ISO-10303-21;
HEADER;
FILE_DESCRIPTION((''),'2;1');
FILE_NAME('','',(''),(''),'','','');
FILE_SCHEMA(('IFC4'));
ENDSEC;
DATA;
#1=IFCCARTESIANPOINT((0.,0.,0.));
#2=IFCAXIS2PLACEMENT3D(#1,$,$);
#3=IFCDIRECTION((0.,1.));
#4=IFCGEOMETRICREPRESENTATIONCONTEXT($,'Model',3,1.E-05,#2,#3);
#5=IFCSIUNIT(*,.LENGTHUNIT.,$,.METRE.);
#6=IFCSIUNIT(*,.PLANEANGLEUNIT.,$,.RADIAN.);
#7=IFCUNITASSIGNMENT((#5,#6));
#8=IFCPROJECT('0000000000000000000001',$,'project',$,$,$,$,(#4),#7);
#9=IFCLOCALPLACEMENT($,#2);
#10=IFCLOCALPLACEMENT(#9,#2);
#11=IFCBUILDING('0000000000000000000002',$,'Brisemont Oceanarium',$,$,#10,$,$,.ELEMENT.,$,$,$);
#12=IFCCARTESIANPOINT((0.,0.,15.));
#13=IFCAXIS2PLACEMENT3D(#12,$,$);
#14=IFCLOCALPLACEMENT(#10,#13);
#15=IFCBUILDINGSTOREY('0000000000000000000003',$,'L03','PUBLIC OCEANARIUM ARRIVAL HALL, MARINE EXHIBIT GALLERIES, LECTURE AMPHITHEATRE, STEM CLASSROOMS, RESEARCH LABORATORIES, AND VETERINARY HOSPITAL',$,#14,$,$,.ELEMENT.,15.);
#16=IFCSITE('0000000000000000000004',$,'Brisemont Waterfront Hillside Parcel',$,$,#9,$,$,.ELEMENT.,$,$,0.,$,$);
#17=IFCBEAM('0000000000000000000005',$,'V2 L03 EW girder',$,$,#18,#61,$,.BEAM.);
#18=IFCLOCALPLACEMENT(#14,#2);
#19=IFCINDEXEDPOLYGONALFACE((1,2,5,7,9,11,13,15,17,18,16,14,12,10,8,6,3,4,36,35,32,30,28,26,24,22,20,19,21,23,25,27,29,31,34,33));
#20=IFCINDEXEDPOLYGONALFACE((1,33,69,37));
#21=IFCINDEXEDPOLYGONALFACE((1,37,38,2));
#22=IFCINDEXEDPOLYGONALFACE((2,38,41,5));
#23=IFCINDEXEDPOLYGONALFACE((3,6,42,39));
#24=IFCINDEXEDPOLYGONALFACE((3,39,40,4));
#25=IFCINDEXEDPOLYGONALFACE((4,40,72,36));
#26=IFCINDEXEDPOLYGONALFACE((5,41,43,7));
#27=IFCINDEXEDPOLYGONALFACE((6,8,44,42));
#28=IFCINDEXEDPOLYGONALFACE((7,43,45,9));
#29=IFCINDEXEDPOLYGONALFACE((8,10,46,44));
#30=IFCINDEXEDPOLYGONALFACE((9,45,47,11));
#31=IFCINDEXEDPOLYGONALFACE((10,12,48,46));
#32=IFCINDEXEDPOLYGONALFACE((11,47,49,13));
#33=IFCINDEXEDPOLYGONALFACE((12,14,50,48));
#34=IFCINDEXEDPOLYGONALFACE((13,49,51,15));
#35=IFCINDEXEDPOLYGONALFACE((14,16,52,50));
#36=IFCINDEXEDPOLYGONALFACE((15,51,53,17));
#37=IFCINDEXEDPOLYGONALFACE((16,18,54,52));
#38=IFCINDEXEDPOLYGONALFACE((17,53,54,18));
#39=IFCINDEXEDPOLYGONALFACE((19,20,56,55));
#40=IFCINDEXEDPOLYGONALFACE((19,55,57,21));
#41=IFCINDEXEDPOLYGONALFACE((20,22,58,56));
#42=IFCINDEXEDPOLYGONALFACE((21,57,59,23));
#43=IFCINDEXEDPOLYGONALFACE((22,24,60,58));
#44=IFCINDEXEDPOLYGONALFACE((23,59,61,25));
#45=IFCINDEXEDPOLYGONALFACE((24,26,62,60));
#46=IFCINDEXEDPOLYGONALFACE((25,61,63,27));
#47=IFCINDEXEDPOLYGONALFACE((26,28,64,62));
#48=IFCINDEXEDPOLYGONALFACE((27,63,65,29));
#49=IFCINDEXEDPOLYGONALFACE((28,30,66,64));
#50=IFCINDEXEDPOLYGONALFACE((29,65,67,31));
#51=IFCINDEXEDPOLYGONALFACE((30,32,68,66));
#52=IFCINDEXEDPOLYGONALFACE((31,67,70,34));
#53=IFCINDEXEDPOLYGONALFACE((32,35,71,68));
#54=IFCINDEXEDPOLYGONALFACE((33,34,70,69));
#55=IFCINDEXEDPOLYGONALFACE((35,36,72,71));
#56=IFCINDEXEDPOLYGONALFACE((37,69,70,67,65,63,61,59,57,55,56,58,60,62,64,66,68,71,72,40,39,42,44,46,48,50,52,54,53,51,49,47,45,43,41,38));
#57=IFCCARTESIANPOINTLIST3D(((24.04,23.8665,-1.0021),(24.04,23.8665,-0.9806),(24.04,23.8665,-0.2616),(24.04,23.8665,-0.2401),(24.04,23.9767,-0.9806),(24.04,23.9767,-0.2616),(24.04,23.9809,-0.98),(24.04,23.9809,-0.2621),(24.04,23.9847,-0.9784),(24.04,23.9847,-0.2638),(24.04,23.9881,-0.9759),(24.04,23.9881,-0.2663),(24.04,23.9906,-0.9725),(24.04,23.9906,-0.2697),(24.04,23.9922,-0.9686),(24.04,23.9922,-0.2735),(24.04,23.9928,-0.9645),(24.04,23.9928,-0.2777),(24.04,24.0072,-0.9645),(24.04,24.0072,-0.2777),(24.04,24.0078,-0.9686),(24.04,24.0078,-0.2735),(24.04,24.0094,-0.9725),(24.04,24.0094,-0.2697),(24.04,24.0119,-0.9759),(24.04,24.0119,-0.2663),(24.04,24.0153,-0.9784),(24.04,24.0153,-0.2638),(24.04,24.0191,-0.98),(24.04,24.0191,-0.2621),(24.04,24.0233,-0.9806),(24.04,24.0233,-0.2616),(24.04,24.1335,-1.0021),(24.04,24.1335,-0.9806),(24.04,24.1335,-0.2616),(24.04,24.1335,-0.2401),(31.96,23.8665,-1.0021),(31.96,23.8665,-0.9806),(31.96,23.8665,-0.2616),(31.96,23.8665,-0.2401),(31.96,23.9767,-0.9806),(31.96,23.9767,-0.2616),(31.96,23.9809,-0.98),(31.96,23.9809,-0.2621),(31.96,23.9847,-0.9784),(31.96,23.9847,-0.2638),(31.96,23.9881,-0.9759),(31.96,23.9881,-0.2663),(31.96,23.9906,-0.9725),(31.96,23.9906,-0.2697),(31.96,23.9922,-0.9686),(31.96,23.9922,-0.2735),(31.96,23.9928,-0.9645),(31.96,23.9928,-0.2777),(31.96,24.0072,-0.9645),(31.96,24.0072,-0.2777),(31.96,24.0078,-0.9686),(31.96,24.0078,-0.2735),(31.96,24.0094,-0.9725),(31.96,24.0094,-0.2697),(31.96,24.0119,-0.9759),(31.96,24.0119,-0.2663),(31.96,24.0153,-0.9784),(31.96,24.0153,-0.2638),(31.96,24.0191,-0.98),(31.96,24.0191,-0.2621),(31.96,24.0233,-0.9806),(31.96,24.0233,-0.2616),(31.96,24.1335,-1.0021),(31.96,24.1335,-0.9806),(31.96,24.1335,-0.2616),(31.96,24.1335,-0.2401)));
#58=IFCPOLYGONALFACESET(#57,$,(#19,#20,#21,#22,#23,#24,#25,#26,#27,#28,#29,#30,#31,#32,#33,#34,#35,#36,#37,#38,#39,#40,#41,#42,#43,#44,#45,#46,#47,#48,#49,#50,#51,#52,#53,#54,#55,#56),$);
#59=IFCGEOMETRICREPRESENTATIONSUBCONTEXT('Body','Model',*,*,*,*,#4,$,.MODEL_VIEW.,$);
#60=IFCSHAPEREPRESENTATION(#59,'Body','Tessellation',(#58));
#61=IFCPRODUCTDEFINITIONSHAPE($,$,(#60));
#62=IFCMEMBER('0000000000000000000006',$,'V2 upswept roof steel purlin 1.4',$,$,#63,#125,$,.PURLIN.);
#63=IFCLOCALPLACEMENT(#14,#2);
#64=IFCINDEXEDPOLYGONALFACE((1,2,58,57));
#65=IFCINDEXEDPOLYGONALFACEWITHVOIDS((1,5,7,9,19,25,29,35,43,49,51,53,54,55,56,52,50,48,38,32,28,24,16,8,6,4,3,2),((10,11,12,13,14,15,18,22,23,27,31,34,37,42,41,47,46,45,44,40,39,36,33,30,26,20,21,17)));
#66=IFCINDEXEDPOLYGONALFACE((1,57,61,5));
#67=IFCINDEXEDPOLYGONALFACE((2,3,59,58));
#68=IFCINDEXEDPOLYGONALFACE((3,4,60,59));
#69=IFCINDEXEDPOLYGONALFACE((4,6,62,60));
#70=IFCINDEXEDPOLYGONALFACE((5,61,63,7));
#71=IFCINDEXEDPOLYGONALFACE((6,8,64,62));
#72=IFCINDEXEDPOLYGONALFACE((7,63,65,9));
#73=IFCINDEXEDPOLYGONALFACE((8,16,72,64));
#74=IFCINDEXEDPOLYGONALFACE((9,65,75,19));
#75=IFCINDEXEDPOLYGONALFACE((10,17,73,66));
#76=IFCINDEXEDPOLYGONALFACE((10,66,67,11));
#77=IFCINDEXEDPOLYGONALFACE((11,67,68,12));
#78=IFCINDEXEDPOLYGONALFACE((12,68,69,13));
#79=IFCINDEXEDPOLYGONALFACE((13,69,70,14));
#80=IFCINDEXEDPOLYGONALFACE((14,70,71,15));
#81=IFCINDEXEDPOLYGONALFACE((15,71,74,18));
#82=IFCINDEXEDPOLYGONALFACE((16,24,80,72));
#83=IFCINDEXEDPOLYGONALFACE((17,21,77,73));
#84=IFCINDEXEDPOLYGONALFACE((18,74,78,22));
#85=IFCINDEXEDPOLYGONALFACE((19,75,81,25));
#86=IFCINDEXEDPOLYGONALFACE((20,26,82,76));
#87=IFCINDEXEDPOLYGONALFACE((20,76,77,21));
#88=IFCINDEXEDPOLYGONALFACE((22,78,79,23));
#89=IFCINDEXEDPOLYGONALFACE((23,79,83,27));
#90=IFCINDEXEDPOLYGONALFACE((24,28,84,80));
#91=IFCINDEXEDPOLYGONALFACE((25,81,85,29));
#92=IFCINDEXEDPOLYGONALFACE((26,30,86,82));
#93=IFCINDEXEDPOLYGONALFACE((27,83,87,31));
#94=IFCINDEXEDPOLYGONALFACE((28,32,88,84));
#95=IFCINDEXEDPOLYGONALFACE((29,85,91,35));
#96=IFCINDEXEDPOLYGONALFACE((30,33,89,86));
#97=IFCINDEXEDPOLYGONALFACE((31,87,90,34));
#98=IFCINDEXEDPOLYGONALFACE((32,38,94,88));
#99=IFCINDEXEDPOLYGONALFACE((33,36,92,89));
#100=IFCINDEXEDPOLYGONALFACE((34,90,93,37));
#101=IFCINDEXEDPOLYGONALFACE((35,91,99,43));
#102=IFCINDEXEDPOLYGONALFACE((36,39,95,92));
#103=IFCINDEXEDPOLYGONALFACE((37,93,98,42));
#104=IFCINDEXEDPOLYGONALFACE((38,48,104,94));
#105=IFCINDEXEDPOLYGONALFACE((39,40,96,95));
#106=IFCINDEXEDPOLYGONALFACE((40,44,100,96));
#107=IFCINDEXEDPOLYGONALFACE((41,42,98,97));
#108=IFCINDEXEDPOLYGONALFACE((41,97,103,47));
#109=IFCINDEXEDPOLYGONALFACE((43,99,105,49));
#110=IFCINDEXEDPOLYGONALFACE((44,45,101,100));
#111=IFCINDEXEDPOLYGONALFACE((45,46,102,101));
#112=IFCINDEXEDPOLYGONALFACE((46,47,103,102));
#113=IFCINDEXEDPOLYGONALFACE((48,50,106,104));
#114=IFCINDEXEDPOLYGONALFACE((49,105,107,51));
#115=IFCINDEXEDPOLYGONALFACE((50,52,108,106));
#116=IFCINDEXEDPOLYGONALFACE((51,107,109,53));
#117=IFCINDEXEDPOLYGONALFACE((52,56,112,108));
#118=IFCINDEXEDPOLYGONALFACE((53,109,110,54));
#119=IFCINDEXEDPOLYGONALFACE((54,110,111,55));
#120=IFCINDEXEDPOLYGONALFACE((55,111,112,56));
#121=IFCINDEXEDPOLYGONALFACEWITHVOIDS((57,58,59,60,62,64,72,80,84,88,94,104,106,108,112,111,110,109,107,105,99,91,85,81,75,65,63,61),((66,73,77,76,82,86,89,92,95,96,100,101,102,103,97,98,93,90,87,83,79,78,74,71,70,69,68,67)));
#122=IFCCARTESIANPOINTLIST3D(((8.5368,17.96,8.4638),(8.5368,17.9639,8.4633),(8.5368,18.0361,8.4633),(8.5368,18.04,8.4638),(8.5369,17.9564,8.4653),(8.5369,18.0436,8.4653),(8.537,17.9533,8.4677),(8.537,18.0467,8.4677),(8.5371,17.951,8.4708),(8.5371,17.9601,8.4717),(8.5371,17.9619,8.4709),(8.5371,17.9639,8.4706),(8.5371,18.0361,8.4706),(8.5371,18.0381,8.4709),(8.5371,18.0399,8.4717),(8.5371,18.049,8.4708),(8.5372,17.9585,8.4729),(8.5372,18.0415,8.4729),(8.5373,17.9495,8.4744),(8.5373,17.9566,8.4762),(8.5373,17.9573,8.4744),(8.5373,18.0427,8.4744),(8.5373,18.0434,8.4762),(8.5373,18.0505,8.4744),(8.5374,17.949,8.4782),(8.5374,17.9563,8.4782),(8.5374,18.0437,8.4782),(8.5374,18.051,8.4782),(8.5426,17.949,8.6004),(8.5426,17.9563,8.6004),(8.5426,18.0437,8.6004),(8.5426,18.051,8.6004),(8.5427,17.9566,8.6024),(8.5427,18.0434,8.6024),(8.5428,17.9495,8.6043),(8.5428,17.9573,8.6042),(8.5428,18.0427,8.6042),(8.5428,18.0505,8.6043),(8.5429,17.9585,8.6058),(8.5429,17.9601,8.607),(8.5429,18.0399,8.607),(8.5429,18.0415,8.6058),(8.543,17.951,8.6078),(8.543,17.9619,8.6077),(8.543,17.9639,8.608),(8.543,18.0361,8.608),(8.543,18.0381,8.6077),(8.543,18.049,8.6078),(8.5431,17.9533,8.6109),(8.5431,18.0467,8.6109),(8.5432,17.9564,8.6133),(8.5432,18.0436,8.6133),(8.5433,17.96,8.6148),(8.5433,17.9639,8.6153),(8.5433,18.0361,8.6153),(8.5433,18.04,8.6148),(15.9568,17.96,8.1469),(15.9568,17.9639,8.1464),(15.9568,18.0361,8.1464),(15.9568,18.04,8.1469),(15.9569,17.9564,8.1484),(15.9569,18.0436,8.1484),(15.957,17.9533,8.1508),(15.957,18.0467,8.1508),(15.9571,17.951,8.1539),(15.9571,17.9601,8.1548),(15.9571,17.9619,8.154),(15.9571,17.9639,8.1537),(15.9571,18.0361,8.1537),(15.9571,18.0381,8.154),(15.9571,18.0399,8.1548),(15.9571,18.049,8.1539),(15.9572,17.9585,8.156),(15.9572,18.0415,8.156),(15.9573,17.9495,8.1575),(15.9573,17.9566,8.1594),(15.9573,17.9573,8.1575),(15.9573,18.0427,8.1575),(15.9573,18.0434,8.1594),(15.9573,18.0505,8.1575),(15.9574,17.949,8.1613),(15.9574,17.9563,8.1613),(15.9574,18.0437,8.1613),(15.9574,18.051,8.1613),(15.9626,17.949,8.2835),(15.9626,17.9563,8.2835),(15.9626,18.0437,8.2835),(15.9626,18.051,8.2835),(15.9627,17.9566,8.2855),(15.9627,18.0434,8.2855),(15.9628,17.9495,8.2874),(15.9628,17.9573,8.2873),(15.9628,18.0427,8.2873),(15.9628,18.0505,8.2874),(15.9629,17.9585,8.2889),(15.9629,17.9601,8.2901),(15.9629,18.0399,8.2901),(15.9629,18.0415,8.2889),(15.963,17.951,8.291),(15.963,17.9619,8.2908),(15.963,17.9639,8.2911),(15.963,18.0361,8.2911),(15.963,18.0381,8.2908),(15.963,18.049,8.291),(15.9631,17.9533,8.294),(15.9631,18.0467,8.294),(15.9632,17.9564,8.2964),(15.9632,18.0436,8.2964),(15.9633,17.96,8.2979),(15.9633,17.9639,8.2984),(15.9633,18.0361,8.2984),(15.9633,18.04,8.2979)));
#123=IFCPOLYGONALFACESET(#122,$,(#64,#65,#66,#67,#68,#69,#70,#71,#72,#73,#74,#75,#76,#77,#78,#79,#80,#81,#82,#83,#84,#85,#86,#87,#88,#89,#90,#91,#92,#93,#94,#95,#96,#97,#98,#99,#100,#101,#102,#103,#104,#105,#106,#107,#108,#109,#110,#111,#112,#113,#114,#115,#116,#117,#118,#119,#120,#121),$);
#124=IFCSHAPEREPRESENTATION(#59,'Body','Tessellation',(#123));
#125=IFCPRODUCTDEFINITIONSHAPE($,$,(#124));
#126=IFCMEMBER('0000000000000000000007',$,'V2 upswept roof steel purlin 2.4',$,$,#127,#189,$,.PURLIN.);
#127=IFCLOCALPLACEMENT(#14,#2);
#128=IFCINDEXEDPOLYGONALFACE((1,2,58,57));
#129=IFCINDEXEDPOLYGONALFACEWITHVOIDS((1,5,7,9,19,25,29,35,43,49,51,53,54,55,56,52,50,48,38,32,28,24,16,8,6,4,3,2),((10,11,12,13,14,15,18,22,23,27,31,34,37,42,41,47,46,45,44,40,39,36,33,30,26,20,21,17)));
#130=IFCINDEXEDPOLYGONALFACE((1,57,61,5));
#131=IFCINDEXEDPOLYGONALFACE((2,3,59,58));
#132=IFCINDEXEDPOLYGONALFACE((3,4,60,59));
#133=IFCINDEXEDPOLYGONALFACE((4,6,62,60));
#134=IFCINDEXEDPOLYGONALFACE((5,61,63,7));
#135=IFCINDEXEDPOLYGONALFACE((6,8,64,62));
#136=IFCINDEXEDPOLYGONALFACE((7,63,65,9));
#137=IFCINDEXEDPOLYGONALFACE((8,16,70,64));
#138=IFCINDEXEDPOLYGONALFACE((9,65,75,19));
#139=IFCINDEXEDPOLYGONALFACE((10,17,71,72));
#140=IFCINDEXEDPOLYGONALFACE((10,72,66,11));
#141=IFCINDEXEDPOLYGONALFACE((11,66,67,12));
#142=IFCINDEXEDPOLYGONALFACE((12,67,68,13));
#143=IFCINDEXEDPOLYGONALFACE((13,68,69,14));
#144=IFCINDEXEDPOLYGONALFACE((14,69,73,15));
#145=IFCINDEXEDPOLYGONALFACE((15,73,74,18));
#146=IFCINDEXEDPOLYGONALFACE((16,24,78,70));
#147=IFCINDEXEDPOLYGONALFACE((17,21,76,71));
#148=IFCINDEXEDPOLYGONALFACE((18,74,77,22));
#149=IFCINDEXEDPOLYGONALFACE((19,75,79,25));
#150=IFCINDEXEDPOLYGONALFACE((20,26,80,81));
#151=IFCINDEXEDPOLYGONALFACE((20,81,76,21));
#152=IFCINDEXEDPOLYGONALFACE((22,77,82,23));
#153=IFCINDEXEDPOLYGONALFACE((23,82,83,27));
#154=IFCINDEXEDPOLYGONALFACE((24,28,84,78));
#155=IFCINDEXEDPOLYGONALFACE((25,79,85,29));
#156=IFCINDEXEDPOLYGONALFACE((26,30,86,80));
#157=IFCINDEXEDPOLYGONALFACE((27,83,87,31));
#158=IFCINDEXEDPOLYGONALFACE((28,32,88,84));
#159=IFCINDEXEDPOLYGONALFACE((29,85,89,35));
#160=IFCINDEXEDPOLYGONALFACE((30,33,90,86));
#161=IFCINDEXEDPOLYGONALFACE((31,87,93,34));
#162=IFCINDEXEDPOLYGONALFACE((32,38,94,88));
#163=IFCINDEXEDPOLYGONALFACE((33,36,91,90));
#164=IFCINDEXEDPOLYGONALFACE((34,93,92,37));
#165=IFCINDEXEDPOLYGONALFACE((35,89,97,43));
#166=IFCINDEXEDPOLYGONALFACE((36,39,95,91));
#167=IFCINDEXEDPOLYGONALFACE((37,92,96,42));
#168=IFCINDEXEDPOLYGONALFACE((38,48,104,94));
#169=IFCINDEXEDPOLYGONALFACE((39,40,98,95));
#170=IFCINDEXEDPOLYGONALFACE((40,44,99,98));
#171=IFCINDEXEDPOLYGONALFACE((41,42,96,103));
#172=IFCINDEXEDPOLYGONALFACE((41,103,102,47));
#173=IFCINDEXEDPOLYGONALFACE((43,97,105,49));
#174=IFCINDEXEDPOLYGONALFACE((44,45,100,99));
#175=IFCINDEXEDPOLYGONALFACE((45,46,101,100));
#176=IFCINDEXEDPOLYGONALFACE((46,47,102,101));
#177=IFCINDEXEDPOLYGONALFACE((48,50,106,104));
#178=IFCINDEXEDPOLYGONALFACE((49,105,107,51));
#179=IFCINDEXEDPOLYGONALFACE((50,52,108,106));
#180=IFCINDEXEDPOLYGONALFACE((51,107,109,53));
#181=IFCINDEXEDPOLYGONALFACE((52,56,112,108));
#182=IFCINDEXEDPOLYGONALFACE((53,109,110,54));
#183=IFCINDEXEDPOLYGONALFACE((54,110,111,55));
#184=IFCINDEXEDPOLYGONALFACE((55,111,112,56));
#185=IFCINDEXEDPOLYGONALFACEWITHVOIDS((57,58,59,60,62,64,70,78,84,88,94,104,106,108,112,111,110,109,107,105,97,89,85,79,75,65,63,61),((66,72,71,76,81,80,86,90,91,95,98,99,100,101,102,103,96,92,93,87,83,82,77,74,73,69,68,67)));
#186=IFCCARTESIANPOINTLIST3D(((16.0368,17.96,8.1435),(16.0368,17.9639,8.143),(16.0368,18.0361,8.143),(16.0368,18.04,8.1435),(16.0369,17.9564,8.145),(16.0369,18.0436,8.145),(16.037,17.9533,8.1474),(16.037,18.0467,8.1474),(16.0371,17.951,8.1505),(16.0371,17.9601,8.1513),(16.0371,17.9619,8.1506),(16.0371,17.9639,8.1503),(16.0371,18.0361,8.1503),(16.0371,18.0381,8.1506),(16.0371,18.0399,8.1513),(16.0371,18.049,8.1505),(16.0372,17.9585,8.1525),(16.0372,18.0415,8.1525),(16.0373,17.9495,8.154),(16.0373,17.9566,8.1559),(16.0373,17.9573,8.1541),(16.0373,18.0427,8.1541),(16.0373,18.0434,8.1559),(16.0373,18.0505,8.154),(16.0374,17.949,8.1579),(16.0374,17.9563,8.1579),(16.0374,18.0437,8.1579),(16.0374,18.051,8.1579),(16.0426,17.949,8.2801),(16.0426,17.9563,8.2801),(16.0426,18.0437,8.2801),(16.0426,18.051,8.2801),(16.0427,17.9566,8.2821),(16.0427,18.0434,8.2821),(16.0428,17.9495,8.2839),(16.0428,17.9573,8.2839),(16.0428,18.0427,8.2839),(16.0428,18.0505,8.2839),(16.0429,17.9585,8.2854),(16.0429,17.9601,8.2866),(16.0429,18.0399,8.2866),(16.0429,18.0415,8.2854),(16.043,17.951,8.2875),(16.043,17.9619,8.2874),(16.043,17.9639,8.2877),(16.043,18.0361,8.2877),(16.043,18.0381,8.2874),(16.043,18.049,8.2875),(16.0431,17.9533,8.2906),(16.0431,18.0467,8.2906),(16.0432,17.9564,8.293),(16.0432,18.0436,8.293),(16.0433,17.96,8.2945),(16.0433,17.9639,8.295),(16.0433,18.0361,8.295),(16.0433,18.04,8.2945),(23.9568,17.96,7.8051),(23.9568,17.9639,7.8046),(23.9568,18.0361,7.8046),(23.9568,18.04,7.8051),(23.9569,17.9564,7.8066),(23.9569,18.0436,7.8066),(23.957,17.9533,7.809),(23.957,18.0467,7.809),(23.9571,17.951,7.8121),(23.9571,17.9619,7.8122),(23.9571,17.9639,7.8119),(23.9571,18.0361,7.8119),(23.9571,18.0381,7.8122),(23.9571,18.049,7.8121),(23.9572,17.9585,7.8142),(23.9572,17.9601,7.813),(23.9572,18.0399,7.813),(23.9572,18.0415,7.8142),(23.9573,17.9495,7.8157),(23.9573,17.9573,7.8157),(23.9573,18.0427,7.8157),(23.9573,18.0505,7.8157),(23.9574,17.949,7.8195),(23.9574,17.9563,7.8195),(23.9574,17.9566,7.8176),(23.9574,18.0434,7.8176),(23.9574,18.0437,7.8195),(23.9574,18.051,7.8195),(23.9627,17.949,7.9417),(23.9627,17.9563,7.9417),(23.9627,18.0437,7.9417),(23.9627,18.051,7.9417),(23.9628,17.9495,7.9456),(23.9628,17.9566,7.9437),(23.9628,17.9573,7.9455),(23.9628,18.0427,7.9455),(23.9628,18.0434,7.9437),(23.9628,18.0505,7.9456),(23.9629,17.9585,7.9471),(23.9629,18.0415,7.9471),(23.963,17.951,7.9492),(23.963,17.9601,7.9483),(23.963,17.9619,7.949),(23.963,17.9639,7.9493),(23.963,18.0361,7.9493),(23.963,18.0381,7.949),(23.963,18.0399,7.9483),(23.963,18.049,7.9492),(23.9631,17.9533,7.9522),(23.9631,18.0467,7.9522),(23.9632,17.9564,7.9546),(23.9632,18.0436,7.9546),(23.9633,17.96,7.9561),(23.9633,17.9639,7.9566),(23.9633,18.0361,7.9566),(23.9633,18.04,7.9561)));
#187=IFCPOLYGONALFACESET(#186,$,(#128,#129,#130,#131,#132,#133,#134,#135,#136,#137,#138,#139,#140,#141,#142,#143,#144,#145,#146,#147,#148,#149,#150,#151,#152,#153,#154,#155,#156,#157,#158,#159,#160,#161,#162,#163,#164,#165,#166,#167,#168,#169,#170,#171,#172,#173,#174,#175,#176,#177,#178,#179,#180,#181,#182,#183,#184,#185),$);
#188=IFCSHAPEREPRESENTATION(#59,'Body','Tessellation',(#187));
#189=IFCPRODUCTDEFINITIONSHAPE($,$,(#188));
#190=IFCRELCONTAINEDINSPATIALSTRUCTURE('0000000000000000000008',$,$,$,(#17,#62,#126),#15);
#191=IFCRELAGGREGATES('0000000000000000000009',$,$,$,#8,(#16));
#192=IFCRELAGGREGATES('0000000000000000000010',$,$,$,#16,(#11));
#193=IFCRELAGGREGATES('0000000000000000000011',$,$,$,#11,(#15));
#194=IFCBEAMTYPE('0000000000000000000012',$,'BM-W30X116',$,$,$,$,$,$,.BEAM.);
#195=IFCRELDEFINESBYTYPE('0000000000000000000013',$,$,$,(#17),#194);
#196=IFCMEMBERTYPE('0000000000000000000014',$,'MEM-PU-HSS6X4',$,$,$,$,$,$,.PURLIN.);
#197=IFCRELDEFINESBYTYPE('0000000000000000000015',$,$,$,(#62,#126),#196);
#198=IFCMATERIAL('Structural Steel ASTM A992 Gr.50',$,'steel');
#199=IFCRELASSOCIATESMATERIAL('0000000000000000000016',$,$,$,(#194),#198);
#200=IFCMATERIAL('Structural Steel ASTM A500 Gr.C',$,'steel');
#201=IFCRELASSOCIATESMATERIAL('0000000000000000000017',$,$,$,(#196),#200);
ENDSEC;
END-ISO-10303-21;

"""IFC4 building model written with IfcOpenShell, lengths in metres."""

from ifc_helpers import new_model, si_unit, direction, frame, origin, origin_2d, place, context, subcontext, project, spatial, hollow_rectangle, i_section, extrude, material, material_profile, profile_set, type_object, element, save


model = new_model("IFC4")

# Units and contexts
model_context = context("Model", 3, precision=1e-05, world=origin(), true_north=direction((0.0, 1.0)))
body_context = subcontext(model_context, "Body", "Model", "MODEL_VIEW")
ifc_project = project(units=[si_unit("LENGTHUNIT", "METRE"), si_unit("PLANEANGLEUNIT", "RADIAN")], contexts=[model_context])

# Site, building, storey
site_placement = place(None, origin())
site = spatial("IfcSite", under=ifc_project, at=site_placement, Name="Brisemont Waterfront Hillside Parcel", CompositionType="ELEMENT", RefElevation=0.0)
building_placement = place(site_placement, origin())
building = spatial("IfcBuilding", under=site, at=building_placement, Name="Brisemont Oceanarium", CompositionType="ELEMENT")
storey_placement = place(building_placement, frame((0.0, 0.0, 15.0)))
storey = spatial("IfcBuildingStorey", under=building, at=storey_placement, Name="L03", Description="PUBLIC OCEANARIUM ARRIVAL HALL, MARINE EXHIBIT GALLERIES, LECTURE AMPHITHEATRE, STEM CLASSROOMS, RESEARCH LABORATORIES, AND VETERINARY HOSPITAL", CompositionType="ELEMENT", Elevation=15.0)

# Beam
ifc_material_1 = material(Name="Structural Steel ASTM A992 Gr.50", Category="steel")
ifc_material_profile_1 = material_profile(ifc_material_1, i_section(OverallWidth=0.2671, OverallDepth=0.762, WebThickness=0.0144, FlangeThickness=0.0215, FilletRadius=0.0161, at=origin_2d()), Name="W30X116")
ifc_profile_set_1 = profile_set([ifc_material_profile_1], Name="Structural Steel ASTM A992 Gr.50")
beam_type_1 = type_object("IfcBeamType", Name="BM-W30X116", PredefinedType="BEAM", material=ifc_profile_set_1)
beam_1_placement = place(storey_placement, frame((24.04, 24.0, -0.6211), z_axis=(1.0, 0.0, 0.0), x_axis=(0.0, 1.0, 0.0)))
element("IfcBeam", 1, at=beam_1_placement, inside=storey, type_object=beam_type_1, Name="V2 L03 EW girder", PredefinedType="BEAM", context=body_context, shape_type="SweptSolid", body=[
    extrude(i_section(OverallWidth=0.2671, OverallDepth=0.762, WebThickness=0.0144, FlangeThickness=0.0215, FilletRadius=0.0161, at=origin_2d()), origin(), (0.0, 0.0, 1.0), 7.9199),
])

# Members
ifc_material_2 = material(Name="Structural Steel ASTM A500 Gr.C", Category="steel")
ifc_material_profile_2 = material_profile(ifc_material_2, hollow_rectangle(XDim=0.1021, YDim=0.1521, WallThickness=0.0073, InnerFilletRadius=0.0076, OuterFilletRadius=0.0149, at=origin_2d()), Name="HSS6X4X5/16")
ifc_profile_set_2 = profile_set([ifc_material_profile_2], Name="Structural Steel ASTM A500 Gr.C")
member_type_1 = type_object("IfcMemberType", Name="MEM-PU-HSS6X4", PredefinedType="PURLIN", material=ifc_profile_set_2)
member_1_placement = place(storey_placement, frame((8.54, 18.0, 8.5393), z_axis=(0.999089, 0.0, -0.04267), x_axis=(0.0, 1.0, 0.0)))
element("IfcMember", 2, at=member_1_placement, inside=storey, type_object=member_type_1, Name="V2 upswept roof steel purlin 1.4", PredefinedType="PURLIN", context=body_context, shape_type="SweptSolid", body=[
    extrude(hollow_rectangle(XDim=0.1021, YDim=0.1521, WallThickness=0.0073, InnerFilletRadius=0.0076, OuterFilletRadius=0.0149, at=origin_2d()), origin(), (0.0, 0.0, 1.0), 7.4268),
])
for number, where, z_axis, x_axis, name in (
    (3, (16.04, 18.0, 8.219), (0.999089, 0.0, -0.042686), (0.0, 1.0, 0.0), "V2 upswept roof steel purlin 2.4"),
):
    element("IfcMember", number, at=place(storey_placement, frame(where, z_axis=z_axis, x_axis=x_axis)), inside=storey, type_object=member_type_1, Name=name, PredefinedType="PURLIN", context=body_context, shape_type="SweptSolid", body=[
        extrude(hollow_rectangle(XDim=0.1021, YDim=0.1521, WallThickness=0.0073, InnerFilletRadius=0.0076, OuterFilletRadius=0.0149, at=origin_2d()), origin(), (0.0, 0.0, 1.0), 7.9272),
    ])

save(model, "model.ifc")
